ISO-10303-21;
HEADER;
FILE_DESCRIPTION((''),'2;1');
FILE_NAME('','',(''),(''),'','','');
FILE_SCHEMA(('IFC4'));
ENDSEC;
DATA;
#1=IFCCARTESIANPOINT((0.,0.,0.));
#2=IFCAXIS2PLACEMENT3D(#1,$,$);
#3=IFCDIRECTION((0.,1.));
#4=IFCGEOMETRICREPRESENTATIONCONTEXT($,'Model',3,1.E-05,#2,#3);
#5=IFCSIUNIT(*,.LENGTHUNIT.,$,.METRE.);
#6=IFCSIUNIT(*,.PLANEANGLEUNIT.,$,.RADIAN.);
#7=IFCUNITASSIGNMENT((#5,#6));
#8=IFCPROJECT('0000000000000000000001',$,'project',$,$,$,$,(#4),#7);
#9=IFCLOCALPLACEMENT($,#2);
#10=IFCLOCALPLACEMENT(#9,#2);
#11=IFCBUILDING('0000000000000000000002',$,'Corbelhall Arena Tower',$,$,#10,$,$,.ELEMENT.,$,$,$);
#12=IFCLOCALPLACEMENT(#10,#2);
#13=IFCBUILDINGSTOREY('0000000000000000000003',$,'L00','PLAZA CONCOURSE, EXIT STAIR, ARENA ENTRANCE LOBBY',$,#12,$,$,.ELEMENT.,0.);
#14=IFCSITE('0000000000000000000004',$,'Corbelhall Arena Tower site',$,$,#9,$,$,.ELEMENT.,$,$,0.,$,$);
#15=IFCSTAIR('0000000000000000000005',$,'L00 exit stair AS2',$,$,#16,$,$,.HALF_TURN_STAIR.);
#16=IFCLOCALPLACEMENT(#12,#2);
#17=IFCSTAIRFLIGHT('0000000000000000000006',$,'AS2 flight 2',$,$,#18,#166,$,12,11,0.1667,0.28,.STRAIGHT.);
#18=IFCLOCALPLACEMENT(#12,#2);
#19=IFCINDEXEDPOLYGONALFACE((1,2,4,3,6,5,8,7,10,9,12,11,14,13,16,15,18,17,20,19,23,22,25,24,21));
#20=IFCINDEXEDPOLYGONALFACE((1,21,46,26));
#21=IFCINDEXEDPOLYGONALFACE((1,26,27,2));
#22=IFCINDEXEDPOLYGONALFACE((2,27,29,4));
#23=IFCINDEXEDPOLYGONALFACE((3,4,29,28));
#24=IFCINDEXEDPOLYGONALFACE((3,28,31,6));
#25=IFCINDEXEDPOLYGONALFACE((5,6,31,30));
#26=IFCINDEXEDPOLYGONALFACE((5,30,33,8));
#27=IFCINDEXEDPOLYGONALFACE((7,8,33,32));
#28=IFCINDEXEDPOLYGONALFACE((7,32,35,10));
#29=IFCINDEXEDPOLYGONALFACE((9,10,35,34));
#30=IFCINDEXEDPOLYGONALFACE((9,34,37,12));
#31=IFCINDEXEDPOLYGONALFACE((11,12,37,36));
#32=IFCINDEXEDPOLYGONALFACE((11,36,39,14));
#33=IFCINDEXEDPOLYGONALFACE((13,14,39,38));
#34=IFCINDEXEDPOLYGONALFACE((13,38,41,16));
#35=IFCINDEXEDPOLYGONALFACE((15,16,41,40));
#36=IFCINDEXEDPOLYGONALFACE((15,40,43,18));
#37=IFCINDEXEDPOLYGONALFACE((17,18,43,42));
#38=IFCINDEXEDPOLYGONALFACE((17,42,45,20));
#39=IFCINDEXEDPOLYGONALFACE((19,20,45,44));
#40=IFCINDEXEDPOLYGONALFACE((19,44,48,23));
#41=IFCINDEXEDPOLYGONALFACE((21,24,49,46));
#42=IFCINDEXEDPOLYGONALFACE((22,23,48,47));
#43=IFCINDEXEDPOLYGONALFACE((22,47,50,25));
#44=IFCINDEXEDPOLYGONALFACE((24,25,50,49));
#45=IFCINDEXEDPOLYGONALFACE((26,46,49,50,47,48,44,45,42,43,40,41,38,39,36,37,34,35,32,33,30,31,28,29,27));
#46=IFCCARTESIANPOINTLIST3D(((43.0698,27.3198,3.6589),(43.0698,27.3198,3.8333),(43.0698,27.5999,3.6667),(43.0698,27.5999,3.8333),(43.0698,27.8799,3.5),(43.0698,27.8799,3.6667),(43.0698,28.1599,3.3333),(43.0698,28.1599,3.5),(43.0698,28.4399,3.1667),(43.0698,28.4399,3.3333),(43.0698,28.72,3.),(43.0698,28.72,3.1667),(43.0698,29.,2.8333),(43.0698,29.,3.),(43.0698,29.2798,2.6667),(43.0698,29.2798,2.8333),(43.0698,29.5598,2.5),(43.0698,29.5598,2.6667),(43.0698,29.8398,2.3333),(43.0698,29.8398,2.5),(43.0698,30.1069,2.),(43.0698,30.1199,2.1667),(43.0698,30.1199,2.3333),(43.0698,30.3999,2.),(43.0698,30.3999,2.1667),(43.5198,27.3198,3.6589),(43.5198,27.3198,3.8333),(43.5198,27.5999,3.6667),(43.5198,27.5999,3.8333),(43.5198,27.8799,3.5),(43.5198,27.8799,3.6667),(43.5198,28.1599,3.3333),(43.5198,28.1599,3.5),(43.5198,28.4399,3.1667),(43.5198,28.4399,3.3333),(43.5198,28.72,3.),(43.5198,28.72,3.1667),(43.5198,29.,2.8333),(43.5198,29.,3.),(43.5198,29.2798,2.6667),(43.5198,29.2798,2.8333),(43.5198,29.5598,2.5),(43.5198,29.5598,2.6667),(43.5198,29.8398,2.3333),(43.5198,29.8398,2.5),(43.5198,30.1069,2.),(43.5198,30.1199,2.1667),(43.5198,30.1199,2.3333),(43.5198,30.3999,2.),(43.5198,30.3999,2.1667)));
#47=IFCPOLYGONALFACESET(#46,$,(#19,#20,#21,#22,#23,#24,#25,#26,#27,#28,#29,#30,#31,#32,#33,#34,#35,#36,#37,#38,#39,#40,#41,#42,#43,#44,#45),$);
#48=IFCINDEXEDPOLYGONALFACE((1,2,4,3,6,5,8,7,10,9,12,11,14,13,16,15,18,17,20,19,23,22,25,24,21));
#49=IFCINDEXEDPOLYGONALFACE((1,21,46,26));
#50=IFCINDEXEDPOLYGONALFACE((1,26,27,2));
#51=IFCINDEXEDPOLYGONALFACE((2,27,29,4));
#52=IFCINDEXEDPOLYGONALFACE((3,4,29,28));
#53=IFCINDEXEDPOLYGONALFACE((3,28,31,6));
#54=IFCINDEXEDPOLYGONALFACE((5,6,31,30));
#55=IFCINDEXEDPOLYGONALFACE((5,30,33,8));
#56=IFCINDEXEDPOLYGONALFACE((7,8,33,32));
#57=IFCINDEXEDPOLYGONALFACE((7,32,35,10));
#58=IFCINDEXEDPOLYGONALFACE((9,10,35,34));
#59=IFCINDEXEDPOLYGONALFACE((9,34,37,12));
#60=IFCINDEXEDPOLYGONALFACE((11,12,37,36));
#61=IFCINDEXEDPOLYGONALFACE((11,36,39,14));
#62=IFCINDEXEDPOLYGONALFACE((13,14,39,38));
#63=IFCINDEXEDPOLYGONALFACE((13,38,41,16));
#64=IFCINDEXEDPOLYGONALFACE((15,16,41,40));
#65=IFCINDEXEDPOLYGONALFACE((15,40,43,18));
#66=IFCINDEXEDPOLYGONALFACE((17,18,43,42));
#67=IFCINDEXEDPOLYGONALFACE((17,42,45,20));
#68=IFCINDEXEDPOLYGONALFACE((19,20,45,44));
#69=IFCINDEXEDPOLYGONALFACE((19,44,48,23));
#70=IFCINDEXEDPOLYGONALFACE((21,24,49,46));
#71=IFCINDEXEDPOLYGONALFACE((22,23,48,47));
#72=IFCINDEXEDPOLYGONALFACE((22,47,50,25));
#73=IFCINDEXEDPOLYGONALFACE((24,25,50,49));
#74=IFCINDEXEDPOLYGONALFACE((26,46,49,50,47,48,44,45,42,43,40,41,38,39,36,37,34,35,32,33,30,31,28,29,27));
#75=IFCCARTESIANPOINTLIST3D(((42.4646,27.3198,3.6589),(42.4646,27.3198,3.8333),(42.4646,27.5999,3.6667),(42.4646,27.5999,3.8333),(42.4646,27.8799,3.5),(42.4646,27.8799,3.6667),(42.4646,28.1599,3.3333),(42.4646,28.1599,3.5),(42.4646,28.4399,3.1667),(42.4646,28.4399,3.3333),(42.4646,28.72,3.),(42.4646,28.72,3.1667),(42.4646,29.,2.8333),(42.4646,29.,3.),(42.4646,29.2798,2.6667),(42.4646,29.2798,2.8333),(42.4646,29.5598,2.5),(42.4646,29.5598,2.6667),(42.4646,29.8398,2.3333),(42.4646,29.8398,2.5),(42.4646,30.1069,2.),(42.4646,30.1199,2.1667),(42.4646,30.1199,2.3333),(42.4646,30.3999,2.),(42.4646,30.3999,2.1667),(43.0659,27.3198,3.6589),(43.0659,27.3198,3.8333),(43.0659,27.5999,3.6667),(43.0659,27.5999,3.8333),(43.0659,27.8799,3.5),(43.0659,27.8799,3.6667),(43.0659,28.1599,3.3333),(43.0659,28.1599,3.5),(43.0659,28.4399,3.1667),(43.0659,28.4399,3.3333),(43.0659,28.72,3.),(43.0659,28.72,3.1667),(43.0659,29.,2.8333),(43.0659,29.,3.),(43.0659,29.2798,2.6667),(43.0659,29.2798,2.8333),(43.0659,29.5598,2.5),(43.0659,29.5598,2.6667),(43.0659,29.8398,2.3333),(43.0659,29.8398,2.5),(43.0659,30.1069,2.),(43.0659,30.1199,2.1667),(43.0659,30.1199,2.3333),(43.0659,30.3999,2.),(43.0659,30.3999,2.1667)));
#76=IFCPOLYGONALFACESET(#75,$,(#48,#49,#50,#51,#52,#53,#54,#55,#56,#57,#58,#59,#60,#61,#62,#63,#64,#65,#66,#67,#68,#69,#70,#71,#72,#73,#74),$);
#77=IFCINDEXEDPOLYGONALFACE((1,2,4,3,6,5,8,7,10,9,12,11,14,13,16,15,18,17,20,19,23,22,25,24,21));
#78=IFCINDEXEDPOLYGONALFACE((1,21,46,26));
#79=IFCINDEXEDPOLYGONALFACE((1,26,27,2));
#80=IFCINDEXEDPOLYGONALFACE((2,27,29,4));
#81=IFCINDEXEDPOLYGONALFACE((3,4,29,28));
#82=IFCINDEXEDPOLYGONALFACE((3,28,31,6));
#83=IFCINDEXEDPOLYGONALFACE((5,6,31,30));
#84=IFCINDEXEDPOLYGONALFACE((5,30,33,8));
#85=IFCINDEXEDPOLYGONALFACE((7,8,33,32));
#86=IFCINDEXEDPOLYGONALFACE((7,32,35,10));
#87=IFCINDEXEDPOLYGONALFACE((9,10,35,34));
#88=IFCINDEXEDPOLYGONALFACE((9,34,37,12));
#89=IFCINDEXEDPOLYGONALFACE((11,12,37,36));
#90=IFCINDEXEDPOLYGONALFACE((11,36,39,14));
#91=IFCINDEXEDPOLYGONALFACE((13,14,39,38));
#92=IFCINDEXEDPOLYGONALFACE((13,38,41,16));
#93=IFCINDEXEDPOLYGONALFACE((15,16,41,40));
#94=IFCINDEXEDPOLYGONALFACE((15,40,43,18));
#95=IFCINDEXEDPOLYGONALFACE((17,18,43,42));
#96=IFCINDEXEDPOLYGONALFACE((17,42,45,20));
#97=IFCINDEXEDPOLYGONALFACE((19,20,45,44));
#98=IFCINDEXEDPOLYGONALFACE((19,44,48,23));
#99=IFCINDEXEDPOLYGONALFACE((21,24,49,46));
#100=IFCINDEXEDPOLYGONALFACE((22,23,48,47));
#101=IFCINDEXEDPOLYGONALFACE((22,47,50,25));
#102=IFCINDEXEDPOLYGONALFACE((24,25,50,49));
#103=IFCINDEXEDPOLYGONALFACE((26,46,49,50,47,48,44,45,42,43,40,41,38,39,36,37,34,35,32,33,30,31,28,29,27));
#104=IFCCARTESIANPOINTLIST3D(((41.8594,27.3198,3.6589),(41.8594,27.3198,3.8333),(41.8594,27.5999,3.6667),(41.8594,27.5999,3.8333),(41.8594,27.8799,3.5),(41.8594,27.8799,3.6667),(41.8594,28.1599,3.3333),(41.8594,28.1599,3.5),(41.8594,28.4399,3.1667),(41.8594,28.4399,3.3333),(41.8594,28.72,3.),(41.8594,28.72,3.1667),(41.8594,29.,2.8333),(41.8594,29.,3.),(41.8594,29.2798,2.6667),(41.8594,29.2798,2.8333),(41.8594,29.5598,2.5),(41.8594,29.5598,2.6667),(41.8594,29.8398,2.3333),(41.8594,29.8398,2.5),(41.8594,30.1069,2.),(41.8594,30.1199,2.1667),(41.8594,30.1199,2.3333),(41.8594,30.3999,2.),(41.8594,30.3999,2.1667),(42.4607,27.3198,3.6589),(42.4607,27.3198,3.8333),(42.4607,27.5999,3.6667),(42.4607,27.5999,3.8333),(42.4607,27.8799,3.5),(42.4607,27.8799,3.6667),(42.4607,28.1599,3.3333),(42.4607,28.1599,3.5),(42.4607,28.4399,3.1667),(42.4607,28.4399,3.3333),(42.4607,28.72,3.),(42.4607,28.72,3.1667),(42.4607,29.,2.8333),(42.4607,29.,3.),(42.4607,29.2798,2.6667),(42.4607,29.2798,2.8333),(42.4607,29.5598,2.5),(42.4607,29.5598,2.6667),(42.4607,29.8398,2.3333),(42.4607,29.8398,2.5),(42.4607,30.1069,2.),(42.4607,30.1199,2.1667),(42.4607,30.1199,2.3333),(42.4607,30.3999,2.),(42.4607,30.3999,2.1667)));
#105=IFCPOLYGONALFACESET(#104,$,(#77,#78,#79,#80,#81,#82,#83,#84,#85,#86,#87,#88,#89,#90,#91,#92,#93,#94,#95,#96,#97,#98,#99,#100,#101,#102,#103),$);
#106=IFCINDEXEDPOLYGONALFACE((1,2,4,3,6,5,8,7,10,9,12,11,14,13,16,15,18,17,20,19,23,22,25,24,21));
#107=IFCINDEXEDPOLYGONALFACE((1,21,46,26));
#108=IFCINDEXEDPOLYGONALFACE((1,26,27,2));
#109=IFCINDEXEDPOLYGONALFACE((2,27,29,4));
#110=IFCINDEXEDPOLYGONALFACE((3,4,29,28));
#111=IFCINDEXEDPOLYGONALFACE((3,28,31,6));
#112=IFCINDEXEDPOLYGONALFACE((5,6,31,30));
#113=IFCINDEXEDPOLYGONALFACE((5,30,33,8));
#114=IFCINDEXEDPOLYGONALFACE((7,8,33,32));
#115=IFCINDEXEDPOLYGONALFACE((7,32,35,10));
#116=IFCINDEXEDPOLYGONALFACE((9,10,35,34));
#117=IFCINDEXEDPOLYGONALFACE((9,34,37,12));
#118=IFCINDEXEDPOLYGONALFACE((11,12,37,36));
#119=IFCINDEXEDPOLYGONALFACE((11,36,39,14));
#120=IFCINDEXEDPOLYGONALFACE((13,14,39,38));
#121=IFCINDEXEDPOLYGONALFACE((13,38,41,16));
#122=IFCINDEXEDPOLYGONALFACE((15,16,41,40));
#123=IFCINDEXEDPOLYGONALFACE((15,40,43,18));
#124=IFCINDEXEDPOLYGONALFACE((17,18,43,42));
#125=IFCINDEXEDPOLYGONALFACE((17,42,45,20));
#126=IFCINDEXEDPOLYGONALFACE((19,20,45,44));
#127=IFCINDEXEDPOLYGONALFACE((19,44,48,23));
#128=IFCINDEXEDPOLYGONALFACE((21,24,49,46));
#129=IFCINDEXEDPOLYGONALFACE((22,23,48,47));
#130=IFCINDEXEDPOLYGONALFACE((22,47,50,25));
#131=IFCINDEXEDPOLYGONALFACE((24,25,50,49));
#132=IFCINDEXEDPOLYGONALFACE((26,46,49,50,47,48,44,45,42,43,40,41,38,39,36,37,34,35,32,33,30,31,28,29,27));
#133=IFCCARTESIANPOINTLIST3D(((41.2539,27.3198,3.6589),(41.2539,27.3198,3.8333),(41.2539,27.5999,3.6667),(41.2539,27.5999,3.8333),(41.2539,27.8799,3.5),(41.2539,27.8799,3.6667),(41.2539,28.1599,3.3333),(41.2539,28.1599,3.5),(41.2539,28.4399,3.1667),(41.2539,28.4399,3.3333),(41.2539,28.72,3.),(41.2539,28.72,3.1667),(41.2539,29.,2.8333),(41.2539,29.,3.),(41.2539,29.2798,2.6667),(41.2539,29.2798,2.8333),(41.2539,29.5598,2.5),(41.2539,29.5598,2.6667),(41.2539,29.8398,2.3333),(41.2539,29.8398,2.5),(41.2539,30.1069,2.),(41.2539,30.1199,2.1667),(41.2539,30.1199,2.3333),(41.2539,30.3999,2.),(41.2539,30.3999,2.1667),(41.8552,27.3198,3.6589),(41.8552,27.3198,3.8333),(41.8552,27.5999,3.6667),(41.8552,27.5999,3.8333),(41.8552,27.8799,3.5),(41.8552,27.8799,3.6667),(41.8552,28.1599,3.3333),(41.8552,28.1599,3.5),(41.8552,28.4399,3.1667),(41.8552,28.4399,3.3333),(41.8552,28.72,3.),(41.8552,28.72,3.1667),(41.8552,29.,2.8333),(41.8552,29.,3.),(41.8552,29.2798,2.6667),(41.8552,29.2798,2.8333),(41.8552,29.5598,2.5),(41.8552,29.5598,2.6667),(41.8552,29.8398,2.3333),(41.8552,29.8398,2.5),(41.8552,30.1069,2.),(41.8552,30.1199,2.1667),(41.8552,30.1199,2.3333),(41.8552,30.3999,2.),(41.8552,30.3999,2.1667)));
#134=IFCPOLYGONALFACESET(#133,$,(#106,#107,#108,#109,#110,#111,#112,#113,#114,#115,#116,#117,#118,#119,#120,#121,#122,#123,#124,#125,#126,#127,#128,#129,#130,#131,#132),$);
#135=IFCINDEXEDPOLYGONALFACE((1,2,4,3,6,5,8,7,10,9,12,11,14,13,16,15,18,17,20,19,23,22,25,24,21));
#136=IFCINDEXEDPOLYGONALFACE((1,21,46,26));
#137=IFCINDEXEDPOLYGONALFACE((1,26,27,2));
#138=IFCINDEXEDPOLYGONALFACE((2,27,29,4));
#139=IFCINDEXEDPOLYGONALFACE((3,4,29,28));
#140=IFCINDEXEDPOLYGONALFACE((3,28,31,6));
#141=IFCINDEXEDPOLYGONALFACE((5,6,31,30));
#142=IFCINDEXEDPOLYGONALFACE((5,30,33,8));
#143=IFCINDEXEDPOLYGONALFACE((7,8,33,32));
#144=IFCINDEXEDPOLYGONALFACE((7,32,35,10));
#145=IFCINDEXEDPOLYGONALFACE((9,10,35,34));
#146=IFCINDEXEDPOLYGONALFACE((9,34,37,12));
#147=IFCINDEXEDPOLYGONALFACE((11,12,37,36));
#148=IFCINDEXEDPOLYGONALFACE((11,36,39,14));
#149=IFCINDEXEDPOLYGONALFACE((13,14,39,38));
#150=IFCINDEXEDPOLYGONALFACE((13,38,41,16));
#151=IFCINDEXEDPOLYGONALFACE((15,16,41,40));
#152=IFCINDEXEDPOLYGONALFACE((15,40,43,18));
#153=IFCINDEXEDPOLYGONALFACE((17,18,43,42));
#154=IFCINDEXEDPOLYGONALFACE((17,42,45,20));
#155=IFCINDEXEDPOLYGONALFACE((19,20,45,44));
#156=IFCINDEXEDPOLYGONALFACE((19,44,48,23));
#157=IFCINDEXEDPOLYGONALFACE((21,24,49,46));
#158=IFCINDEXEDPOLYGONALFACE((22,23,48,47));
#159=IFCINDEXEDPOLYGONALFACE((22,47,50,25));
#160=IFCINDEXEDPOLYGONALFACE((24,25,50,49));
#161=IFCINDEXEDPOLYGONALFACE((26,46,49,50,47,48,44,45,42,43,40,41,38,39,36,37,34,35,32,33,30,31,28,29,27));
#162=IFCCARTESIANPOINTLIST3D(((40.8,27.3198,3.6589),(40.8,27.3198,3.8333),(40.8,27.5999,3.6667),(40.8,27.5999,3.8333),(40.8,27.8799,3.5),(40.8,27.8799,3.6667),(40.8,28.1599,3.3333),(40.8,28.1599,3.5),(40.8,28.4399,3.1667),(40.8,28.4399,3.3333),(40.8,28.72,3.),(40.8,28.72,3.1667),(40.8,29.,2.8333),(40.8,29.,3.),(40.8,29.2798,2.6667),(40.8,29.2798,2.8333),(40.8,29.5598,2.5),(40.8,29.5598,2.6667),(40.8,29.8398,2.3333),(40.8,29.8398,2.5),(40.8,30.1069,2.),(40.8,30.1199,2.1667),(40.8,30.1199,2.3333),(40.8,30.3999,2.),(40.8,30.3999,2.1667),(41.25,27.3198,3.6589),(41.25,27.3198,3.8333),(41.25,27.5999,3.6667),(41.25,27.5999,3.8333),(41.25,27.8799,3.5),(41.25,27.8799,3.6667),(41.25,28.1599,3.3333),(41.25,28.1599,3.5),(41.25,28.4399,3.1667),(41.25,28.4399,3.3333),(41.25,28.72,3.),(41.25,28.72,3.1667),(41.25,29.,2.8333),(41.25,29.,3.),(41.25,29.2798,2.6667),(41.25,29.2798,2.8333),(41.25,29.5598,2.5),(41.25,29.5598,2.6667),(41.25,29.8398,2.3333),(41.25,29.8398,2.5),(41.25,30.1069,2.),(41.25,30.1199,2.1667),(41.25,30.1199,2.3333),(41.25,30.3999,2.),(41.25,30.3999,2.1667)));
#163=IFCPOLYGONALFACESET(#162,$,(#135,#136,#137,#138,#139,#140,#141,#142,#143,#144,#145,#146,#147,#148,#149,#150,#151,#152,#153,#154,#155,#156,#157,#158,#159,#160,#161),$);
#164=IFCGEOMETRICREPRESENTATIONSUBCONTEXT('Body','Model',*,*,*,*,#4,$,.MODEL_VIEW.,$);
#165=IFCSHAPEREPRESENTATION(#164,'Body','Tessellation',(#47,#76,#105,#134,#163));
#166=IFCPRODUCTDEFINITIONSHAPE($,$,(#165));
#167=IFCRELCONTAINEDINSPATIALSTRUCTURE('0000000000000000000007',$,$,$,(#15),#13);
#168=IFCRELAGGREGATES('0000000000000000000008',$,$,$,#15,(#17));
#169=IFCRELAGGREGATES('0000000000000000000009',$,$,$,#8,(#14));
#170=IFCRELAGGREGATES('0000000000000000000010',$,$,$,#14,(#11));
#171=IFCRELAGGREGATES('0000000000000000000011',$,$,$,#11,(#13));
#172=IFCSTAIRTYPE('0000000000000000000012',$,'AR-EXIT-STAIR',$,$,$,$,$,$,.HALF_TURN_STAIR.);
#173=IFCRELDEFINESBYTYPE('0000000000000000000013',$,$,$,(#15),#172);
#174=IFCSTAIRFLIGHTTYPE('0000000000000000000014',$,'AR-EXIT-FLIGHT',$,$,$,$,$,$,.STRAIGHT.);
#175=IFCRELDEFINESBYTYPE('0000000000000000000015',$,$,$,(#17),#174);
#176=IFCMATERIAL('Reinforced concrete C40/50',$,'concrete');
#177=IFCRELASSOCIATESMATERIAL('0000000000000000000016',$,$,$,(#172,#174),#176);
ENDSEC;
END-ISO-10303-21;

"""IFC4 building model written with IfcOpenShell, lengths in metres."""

from ifc_helpers import new_model, si_unit, direction, frame, origin, place, context, subcontext, project, spatial, polyline, outline, extrude, material, type_object, element, aggregate, save


model = new_model("IFC4")

# Units and contexts
model_context = context("Model", 3, precision=1e-05, world=origin(), true_north=direction((0.0, 1.0)))
body_context = subcontext(model_context, "Body", "Model", "MODEL_VIEW")
ifc_project = project(units=[si_unit("LENGTHUNIT", "METRE"), si_unit("PLANEANGLEUNIT", "RADIAN")], contexts=[model_context])

# Site, building, storey
site_placement = place(None, origin())
site = spatial("IfcSite", under=ifc_project, at=site_placement, Name="Corbelhall Arena Tower site", CompositionType="ELEMENT", RefElevation=0.0)
building_placement = place(site_placement, origin())
building = spatial("IfcBuilding", under=site, at=building_placement, Name="Corbelhall Arena Tower", CompositionType="ELEMENT")
storey_placement = place(building_placement, origin())
storey = spatial("IfcBuildingStorey", under=building, at=storey_placement, Name="L00", Description="PLAZA CONCOURSE, EXIT STAIR, ARENA ENTRANCE LOBBY", CompositionType="ELEMENT", Elevation=0.0)

# Shared definitions
ifc_material_1 = material(Name="Reinforced concrete C40/50", Category="concrete")

# Stair, stair flight
stair_type = type_object("IfcStairType", Name="AR-EXIT-STAIR", PredefinedType="HALF_TURN_STAIR", material=ifc_material_1)
stair_flight_type = type_object("IfcStairFlightType", Name="AR-EXIT-FLIGHT", PredefinedType="STRAIGHT", material=ifc_material_1)
stair_1_placement = place(storey_placement, origin())
stair_1 = element("IfcStair", 1, at=stair_1_placement, inside=storey, type_object=stair_type, Name="L00 exit stair AS2", PredefinedType="HALF_TURN_STAIR")
stair_flight_1_placement = place(storey_placement, frame((42.1599, 30.3999, 2.0), z_axis=(0.0, 0.0, 1.0), x_axis=(0.0, -1.0, 0.0)))
stair_flight_1 = element("IfcStairFlight", 2, at=stair_flight_1_placement, type_object=stair_flight_type, Name="AS2 flight 2", NumberOfRisers=12, NumberOfTreads=11, PredefinedType="STRAIGHT", RiserHeight=0.1667, TreadLength=0.28, context=body_context, shape_type="SweptSolid", body=[
    extrude(outline(polyline([(0.0, 0.0), (0.0, 0.1667), (0.28, 0.1667), (0.28, 0.3333), (0.5601, 0.3333), (0.5601, 0.5), (0.8401, 0.5), (0.8401, 0.6667), (1.1201, 0.6667), (1.1201, 0.8333), (1.3999, 0.8333), (1.3999, 1.0), (1.6799, 1.0), (1.6799, 1.1667), (1.96, 1.1667), (1.96, 1.3333), (2.24, 1.3333), (2.24, 1.5), (2.52, 1.5), (2.52, 1.6667), (2.8, 1.6667), (2.8, 1.8333), (3.0801, 1.8333), (3.0801, 2.0), (3.0801, 1.6589), (0.293, 0.0), (0.0, 0.0)])), frame((0.0, 1.3599, 0.0), z_axis=(0.0, -1.0, 0.0), x_axis=(1.0, 0.0, 0.0)), (0.0, 0.0, 1.0), 0.45),
    extrude(outline(polyline([(0.0, 0.0), (0.0, 0.1667), (0.28, 0.1667), (0.28, 0.3333), (0.5601, 0.3333), (0.5601, 0.5), (0.8401, 0.5), (0.8401, 0.6667), (1.1201, 0.6667), (1.1201, 0.8333), (1.3999, 0.8333), (1.3999, 1.0), (1.6799, 1.0), (1.6799, 1.1667), (1.96, 1.1667), (1.96, 1.3333), (2.24, 1.3333), (2.24, 1.5), (2.52, 1.5), (2.52, 1.6667), (2.8, 1.6667), (2.8, 1.8333), (3.0801, 1.8333), (3.0801, 2.0), (3.0801, 1.6589), (0.293, 0.0), (0.0, 0.0)])), frame((0.0, 0.906, 0.0), z_axis=(0.0, -1.0, 0.0), x_axis=(1.0, 0.0, 0.0)), (0.0, 0.0, 1.0), 0.6013),
    extrude(outline(polyline([(0.0, 0.0), (0.0, 0.1667), (0.28, 0.1667), (0.28, 0.3333), (0.5601, 0.3333), (0.5601, 0.5), (0.8401, 0.5), (0.8401, 0.6667), (1.1201, 0.6667), (1.1201, 0.8333), (1.3999, 0.8333), (1.3999, 1.0), (1.6799, 1.0), (1.6799, 1.1667), (1.96, 1.1667), (1.96, 1.3333), (2.24, 1.3333), (2.24, 1.5), (2.52, 1.5), (2.52, 1.6667), (2.8, 1.6667), (2.8, 1.8333), (3.0801, 1.8333), (3.0801, 2.0), (3.0801, 1.6589), (0.293, 0.0), (0.0, 0.0)])), frame((0.0, 0.3008, 0.0), z_axis=(0.0, -1.0, 0.0), x_axis=(1.0, 0.0, 0.0)), (0.0, 0.0, 1.0), 0.6013),
    extrude(outline(polyline([(0.0, 0.0), (0.0, 0.1667), (0.28, 0.1667), (0.28, 0.3333), (0.5601, 0.3333), (0.5601, 0.5), (0.8401, 0.5), (0.8401, 0.6667), (1.1201, 0.6667), (1.1201, 0.8333), (1.3999, 0.8333), (1.3999, 1.0), (1.6799, 1.0), (1.6799, 1.1667), (1.96, 1.1667), (1.96, 1.3333), (2.24, 1.3333), (2.24, 1.5), (2.52, 1.5), (2.52, 1.6667), (2.8, 1.6667), (2.8, 1.8333), (3.0801, 1.8333), (3.0801, 2.0), (3.0801, 1.6589), (0.293, 0.0), (0.0, 0.0)])), frame((0.0, -0.3047, 0.0), z_axis=(0.0, -1.0, 0.0), x_axis=(1.0, 0.0, 0.0)), (0.0, 0.0, 1.0), 0.6013),
    extrude(outline(polyline([(0.0, 0.0), (0.0, 0.1667), (0.28, 0.1667), (0.28, 0.3333), (0.5601, 0.3333), (0.5601, 0.5), (0.8401, 0.5), (0.8401, 0.6667), (1.1201, 0.6667), (1.1201, 0.8333), (1.3999, 0.8333), (1.3999, 1.0), (1.6799, 1.0), (1.6799, 1.1667), (1.96, 1.1667), (1.96, 1.3333), (2.24, 1.3333), (2.24, 1.5), (2.52, 1.5), (2.52, 1.6667), (2.8, 1.6667), (2.8, 1.8333), (3.0801, 1.8333), (3.0801, 2.0), (3.0801, 1.6589), (0.293, 0.0), (0.0, 0.0)])), frame((0.0, -0.9099, 0.0), z_axis=(0.0, -1.0, 0.0), x_axis=(1.0, 0.0, 0.0)), (0.0, 0.0, 1.0), 0.45),
])
aggregate(stair_1, [stair_flight_1])

save(model, "model.ifc")
